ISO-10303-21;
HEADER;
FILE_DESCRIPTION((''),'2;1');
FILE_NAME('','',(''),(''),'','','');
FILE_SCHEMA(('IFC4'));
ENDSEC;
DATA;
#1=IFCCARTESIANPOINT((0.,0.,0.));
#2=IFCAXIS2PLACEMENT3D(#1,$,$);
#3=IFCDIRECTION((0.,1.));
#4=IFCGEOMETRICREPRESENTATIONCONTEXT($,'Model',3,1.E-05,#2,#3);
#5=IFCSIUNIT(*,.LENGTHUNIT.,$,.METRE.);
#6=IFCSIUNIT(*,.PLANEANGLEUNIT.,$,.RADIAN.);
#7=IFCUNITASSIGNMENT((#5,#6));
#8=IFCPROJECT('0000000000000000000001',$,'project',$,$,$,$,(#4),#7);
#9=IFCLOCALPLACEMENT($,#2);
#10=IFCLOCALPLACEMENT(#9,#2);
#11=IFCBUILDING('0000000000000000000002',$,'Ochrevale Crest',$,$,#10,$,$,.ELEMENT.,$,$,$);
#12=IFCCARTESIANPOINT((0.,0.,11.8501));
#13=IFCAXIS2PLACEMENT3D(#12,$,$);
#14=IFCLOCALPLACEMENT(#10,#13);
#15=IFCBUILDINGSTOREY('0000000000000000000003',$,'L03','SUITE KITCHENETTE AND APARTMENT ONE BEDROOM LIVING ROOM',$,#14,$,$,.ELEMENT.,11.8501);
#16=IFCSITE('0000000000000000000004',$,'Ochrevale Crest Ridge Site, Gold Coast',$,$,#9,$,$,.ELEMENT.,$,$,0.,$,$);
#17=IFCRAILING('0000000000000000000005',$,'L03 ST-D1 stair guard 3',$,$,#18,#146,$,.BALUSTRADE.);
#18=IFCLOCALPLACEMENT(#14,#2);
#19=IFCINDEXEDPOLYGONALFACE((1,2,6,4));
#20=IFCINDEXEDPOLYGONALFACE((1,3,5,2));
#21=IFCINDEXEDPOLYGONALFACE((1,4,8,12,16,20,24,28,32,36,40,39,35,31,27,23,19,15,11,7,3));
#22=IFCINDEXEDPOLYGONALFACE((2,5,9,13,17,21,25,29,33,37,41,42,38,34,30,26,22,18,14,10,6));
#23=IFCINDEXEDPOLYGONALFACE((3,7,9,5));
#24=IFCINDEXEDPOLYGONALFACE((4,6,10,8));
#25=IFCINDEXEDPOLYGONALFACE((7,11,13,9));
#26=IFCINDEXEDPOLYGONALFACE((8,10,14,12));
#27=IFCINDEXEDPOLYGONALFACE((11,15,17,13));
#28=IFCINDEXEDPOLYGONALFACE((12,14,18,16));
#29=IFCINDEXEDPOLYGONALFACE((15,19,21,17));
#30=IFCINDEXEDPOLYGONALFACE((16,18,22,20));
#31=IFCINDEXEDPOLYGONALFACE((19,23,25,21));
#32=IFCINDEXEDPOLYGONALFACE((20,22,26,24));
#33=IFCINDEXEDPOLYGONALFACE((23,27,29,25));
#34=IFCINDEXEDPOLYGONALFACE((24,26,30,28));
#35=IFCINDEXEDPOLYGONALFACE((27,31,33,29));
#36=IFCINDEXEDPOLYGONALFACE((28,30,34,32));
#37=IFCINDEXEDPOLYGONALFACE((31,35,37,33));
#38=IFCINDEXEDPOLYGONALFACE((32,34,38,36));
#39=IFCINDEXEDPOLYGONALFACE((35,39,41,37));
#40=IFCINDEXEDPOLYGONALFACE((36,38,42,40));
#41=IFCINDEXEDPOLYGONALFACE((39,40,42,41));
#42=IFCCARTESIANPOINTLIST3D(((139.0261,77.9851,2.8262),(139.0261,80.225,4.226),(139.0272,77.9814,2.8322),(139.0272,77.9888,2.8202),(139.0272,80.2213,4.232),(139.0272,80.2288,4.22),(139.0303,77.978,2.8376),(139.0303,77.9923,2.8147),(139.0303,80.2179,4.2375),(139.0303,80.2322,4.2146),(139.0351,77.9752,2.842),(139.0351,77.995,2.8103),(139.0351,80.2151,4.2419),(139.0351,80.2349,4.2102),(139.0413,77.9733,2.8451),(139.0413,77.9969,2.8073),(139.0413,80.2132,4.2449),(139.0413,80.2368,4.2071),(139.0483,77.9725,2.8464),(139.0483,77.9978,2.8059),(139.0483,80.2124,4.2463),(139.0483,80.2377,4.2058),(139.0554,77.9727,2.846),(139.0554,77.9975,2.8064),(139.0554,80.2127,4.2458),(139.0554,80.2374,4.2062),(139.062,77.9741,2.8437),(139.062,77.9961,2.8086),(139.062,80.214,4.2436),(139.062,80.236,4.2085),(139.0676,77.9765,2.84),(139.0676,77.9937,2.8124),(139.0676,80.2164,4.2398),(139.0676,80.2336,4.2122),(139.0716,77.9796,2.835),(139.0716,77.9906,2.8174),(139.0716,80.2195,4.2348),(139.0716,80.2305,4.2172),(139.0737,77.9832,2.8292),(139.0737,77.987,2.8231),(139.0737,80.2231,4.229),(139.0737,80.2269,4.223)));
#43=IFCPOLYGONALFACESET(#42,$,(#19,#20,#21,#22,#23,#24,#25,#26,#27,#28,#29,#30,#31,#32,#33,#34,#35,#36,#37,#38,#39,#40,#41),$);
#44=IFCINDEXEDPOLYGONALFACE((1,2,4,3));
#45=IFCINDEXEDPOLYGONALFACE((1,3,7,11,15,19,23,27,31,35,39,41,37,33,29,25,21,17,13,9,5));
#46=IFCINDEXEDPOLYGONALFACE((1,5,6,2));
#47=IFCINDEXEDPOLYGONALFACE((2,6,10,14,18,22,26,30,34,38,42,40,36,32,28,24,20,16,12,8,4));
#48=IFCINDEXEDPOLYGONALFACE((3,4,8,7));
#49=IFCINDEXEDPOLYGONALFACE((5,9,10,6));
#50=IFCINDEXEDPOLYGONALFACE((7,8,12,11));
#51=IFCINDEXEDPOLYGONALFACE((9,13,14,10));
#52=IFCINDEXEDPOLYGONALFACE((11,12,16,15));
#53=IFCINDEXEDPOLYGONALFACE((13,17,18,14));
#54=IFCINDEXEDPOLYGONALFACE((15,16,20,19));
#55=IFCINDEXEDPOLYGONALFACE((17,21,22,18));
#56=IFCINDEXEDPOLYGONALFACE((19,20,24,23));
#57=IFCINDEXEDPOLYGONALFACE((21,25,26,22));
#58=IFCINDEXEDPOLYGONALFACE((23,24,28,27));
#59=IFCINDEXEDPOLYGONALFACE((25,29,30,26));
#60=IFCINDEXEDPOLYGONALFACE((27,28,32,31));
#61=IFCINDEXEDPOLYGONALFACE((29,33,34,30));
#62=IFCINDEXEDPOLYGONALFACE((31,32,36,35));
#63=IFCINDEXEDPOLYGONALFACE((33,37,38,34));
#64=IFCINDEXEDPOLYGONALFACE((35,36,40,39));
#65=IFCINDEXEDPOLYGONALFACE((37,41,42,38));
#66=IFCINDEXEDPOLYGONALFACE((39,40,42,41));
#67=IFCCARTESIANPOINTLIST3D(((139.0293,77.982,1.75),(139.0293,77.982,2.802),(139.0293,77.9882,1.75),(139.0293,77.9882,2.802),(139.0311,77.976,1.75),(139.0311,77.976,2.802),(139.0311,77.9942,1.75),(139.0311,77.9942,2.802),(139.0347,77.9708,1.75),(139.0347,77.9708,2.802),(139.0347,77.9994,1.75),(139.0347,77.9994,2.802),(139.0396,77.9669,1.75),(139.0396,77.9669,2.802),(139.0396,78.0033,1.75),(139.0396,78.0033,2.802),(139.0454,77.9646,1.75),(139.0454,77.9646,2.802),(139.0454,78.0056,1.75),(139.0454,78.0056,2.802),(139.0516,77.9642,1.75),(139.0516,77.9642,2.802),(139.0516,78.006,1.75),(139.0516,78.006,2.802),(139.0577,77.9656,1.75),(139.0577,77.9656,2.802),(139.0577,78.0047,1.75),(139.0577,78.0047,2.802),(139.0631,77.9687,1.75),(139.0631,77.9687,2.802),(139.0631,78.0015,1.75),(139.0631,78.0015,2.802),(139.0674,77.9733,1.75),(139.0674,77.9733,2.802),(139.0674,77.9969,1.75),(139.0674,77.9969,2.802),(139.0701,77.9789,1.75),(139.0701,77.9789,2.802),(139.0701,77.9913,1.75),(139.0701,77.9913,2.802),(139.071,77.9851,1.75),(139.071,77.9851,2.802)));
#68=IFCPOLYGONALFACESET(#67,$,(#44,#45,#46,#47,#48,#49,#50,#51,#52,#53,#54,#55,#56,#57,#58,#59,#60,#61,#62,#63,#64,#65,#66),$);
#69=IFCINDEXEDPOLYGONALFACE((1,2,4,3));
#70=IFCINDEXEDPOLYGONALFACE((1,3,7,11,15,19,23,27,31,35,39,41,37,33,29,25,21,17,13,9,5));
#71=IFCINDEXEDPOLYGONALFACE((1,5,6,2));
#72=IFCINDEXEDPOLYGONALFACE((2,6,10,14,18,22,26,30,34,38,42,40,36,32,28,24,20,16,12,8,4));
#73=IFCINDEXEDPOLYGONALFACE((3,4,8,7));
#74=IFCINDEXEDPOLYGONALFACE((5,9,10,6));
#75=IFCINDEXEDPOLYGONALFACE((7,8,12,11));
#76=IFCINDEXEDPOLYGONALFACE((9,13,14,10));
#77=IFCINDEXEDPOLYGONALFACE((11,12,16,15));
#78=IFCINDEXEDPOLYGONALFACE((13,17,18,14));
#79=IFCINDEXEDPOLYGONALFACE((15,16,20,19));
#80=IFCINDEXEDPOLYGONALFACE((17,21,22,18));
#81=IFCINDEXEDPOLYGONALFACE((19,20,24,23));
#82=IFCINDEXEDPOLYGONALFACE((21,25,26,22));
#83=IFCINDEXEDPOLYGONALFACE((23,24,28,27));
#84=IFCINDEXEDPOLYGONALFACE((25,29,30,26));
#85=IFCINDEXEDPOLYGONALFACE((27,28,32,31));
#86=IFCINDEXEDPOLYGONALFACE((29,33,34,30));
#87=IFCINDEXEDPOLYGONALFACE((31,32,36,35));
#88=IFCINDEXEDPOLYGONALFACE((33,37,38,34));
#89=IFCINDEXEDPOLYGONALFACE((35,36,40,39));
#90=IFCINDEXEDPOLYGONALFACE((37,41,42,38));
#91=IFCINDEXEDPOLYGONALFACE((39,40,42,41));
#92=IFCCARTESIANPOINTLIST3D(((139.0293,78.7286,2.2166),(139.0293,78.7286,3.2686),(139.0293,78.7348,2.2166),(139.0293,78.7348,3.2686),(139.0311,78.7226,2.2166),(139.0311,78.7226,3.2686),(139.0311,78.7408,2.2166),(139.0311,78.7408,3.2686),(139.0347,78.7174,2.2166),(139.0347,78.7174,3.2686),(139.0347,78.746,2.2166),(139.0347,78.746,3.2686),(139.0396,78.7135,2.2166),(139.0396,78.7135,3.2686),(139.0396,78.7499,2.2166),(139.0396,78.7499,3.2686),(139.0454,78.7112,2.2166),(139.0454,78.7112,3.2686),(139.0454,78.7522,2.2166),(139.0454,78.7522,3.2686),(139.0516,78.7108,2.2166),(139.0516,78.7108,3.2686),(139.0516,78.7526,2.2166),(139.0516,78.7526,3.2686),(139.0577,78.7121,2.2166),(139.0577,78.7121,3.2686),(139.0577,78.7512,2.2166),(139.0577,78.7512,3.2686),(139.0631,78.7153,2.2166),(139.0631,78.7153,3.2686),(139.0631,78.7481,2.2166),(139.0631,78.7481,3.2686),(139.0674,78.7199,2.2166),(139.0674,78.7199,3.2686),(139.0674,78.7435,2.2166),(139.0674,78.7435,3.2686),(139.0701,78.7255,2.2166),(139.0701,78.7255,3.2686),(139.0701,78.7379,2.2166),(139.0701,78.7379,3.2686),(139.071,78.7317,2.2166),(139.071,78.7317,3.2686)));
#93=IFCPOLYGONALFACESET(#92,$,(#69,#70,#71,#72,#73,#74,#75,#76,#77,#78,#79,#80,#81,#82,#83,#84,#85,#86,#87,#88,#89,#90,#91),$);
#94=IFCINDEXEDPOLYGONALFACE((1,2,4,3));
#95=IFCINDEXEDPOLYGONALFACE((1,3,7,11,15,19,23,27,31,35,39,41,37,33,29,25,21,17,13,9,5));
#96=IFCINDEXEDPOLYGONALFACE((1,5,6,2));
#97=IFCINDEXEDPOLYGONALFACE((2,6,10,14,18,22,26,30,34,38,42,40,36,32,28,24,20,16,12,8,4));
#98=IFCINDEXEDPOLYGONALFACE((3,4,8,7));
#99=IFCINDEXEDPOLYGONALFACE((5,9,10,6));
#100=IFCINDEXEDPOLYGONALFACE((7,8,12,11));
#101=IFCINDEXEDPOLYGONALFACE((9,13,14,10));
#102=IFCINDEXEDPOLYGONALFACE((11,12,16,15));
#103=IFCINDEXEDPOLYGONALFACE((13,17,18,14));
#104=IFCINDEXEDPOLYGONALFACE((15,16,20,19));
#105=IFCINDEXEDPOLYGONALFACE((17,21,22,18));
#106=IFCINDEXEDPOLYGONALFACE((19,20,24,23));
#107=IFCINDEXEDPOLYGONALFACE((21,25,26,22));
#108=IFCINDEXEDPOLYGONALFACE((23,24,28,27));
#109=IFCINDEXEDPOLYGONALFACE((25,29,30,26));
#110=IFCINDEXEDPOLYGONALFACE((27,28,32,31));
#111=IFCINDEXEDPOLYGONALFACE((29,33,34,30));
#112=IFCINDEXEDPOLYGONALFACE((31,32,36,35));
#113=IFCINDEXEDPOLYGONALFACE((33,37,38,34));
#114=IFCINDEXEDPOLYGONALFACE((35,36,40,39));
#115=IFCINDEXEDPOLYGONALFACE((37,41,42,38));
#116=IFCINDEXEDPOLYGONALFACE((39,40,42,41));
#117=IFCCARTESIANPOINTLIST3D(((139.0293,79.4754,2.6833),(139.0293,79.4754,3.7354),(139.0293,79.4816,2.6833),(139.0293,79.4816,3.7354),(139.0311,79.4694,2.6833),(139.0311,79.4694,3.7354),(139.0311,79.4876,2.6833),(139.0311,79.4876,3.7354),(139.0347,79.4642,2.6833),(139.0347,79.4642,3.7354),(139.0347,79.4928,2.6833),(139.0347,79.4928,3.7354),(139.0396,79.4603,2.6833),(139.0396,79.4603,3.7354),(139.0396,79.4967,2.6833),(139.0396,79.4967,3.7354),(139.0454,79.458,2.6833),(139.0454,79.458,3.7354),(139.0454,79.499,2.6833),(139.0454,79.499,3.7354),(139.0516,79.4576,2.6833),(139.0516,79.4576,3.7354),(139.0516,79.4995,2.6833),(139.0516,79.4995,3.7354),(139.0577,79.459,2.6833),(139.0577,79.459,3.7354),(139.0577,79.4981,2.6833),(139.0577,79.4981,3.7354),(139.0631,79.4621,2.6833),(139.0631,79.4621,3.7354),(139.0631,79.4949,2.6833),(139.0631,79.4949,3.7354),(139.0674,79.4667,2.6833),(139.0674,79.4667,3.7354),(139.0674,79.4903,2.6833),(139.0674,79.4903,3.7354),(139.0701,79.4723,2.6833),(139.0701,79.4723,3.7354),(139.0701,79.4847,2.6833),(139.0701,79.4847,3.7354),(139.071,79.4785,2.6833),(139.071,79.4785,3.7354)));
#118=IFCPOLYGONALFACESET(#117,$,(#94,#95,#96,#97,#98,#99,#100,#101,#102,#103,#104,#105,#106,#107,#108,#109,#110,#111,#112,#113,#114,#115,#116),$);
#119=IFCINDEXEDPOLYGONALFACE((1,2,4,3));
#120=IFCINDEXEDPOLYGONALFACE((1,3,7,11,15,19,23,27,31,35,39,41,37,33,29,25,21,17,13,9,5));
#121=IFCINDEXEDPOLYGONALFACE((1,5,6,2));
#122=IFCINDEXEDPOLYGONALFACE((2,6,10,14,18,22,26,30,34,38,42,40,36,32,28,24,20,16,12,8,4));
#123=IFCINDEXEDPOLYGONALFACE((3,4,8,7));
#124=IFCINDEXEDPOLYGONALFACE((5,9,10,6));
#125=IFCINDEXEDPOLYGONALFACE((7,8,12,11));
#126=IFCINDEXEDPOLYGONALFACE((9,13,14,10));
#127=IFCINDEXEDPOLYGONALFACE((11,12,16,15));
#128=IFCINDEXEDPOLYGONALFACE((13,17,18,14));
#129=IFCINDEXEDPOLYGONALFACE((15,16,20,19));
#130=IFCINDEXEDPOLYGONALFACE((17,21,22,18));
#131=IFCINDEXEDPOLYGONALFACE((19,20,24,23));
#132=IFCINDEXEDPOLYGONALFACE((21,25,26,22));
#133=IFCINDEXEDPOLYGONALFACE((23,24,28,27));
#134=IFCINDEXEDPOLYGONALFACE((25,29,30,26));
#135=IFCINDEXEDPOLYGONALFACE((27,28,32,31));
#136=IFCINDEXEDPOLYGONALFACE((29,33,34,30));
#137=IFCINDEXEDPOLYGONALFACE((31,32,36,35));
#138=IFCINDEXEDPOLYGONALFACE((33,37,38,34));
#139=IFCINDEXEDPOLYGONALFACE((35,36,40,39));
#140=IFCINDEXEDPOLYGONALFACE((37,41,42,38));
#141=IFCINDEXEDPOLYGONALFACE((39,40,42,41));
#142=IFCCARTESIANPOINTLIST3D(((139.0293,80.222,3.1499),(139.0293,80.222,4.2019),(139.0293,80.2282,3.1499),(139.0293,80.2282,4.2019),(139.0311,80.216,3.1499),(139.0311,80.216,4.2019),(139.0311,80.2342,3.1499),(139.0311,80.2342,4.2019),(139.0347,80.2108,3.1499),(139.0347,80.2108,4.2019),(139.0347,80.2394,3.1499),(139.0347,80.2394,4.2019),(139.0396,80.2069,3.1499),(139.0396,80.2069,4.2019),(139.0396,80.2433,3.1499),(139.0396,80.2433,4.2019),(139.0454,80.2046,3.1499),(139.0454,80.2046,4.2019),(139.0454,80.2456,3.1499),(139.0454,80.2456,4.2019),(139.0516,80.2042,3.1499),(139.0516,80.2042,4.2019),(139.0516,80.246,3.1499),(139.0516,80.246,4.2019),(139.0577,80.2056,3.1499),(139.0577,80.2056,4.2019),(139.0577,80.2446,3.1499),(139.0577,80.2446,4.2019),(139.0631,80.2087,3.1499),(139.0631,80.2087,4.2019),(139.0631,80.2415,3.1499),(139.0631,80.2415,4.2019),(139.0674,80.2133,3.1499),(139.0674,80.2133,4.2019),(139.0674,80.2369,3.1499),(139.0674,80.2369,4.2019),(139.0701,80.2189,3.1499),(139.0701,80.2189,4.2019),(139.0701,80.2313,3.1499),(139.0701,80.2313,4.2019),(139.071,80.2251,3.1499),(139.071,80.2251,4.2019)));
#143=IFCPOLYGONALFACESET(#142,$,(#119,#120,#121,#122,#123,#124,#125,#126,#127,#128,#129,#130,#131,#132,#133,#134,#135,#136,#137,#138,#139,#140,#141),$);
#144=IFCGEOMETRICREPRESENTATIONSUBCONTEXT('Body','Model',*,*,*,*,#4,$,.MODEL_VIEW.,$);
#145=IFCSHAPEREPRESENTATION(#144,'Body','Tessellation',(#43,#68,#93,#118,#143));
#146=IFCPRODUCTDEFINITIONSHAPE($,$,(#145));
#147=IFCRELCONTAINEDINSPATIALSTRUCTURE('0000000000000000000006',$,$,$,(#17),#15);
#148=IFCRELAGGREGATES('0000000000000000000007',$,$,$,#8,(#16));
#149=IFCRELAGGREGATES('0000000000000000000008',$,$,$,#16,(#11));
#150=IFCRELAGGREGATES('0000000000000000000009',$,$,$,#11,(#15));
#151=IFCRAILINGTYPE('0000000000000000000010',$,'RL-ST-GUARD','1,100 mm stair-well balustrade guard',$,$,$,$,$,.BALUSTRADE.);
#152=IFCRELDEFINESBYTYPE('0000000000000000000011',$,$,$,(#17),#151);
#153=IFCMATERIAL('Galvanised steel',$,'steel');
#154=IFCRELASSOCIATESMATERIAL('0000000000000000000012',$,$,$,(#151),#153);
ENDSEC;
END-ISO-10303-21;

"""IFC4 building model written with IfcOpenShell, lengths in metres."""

from ifc_helpers import new_model, si_unit, direction, frame, origin, origin_2d, place, context, subcontext, project, spatial, circle, extrude, material, type_object, element, save


model = new_model("IFC4")

# Units and contexts
model_context = context("Model", 3, precision=1e-05, world=origin(), true_north=direction((0.0, 1.0)))
body_context = subcontext(model_context, "Body", "Model", "MODEL_VIEW")
ifc_project = project(units=[si_unit("LENGTHUNIT", "METRE"), si_unit("PLANEANGLEUNIT", "RADIAN")], contexts=[model_context])

# Site, building, storey
site_placement = place(None, origin())
site = spatial("IfcSite", under=ifc_project, at=site_placement, Name="Ochrevale Crest Ridge Site, Gold Coast", CompositionType="ELEMENT", RefElevation=0.0)
building_placement = place(site_placement, origin())
building = spatial("IfcBuilding", under=site, at=building_placement, Name="Ochrevale Crest", CompositionType="ELEMENT")
storey_placement = place(building_placement, frame((0.0, 0.0, 11.8501)))
storey = spatial("IfcBuildingStorey", under=building, at=storey_placement, Name="L03", Description="SUITE KITCHENETTE AND APARTMENT ONE BEDROOM LIVING ROOM", CompositionType="ELEMENT", Elevation=11.8501)

# Railing
ifc_material_1 = material(Name="Galvanised steel", Category="steel")
railing_type_1 = type_object("IfcRailingType", Name="RL-ST-GUARD", Description="1,100 mm stair-well balustrade guard", PredefinedType="BALUSTRADE", material=ifc_material_1)
railing_1_placement = place(storey_placement, frame((139.05, 77.9851, 1.75)))
element("IfcRailing", 1, at=railing_1_placement, inside=storey, type_object=railing_type_1, Name="L03 ST-D1 stair guard 3", PredefinedType="BALUSTRADE", context=body_context, shape_type="SweptSolid", body=[
    extrude(circle(Radius=0.0239, at=origin_2d()), frame((0.0, 0.0, 1.0762), z_axis=(0.0, 0.848014, 0.529974), x_axis=(-1.0, 0.0, 0.0)), (0.0, 0.0, 1.0), 2.6414),
    extrude(circle(Radius=0.021, at=origin_2d()), origin(), (0.0, 0.0, 1.0), 1.052),
    extrude(circle(Radius=0.021, at=origin_2d()), frame((0.0, 0.7466, 0.4666)), (0.0, 0.0, 1.0), 1.052),
    extrude(circle(Radius=0.021, at=origin_2d()), frame((0.0, 1.4934, 0.9333)), (0.0, 0.0, 1.0), 1.052),
    extrude(circle(Radius=0.021, at=origin_2d()), frame((0.0, 2.24, 1.3999)), (0.0, 0.0, 1.0), 1.052),
])

save(model, "model.ifc")
